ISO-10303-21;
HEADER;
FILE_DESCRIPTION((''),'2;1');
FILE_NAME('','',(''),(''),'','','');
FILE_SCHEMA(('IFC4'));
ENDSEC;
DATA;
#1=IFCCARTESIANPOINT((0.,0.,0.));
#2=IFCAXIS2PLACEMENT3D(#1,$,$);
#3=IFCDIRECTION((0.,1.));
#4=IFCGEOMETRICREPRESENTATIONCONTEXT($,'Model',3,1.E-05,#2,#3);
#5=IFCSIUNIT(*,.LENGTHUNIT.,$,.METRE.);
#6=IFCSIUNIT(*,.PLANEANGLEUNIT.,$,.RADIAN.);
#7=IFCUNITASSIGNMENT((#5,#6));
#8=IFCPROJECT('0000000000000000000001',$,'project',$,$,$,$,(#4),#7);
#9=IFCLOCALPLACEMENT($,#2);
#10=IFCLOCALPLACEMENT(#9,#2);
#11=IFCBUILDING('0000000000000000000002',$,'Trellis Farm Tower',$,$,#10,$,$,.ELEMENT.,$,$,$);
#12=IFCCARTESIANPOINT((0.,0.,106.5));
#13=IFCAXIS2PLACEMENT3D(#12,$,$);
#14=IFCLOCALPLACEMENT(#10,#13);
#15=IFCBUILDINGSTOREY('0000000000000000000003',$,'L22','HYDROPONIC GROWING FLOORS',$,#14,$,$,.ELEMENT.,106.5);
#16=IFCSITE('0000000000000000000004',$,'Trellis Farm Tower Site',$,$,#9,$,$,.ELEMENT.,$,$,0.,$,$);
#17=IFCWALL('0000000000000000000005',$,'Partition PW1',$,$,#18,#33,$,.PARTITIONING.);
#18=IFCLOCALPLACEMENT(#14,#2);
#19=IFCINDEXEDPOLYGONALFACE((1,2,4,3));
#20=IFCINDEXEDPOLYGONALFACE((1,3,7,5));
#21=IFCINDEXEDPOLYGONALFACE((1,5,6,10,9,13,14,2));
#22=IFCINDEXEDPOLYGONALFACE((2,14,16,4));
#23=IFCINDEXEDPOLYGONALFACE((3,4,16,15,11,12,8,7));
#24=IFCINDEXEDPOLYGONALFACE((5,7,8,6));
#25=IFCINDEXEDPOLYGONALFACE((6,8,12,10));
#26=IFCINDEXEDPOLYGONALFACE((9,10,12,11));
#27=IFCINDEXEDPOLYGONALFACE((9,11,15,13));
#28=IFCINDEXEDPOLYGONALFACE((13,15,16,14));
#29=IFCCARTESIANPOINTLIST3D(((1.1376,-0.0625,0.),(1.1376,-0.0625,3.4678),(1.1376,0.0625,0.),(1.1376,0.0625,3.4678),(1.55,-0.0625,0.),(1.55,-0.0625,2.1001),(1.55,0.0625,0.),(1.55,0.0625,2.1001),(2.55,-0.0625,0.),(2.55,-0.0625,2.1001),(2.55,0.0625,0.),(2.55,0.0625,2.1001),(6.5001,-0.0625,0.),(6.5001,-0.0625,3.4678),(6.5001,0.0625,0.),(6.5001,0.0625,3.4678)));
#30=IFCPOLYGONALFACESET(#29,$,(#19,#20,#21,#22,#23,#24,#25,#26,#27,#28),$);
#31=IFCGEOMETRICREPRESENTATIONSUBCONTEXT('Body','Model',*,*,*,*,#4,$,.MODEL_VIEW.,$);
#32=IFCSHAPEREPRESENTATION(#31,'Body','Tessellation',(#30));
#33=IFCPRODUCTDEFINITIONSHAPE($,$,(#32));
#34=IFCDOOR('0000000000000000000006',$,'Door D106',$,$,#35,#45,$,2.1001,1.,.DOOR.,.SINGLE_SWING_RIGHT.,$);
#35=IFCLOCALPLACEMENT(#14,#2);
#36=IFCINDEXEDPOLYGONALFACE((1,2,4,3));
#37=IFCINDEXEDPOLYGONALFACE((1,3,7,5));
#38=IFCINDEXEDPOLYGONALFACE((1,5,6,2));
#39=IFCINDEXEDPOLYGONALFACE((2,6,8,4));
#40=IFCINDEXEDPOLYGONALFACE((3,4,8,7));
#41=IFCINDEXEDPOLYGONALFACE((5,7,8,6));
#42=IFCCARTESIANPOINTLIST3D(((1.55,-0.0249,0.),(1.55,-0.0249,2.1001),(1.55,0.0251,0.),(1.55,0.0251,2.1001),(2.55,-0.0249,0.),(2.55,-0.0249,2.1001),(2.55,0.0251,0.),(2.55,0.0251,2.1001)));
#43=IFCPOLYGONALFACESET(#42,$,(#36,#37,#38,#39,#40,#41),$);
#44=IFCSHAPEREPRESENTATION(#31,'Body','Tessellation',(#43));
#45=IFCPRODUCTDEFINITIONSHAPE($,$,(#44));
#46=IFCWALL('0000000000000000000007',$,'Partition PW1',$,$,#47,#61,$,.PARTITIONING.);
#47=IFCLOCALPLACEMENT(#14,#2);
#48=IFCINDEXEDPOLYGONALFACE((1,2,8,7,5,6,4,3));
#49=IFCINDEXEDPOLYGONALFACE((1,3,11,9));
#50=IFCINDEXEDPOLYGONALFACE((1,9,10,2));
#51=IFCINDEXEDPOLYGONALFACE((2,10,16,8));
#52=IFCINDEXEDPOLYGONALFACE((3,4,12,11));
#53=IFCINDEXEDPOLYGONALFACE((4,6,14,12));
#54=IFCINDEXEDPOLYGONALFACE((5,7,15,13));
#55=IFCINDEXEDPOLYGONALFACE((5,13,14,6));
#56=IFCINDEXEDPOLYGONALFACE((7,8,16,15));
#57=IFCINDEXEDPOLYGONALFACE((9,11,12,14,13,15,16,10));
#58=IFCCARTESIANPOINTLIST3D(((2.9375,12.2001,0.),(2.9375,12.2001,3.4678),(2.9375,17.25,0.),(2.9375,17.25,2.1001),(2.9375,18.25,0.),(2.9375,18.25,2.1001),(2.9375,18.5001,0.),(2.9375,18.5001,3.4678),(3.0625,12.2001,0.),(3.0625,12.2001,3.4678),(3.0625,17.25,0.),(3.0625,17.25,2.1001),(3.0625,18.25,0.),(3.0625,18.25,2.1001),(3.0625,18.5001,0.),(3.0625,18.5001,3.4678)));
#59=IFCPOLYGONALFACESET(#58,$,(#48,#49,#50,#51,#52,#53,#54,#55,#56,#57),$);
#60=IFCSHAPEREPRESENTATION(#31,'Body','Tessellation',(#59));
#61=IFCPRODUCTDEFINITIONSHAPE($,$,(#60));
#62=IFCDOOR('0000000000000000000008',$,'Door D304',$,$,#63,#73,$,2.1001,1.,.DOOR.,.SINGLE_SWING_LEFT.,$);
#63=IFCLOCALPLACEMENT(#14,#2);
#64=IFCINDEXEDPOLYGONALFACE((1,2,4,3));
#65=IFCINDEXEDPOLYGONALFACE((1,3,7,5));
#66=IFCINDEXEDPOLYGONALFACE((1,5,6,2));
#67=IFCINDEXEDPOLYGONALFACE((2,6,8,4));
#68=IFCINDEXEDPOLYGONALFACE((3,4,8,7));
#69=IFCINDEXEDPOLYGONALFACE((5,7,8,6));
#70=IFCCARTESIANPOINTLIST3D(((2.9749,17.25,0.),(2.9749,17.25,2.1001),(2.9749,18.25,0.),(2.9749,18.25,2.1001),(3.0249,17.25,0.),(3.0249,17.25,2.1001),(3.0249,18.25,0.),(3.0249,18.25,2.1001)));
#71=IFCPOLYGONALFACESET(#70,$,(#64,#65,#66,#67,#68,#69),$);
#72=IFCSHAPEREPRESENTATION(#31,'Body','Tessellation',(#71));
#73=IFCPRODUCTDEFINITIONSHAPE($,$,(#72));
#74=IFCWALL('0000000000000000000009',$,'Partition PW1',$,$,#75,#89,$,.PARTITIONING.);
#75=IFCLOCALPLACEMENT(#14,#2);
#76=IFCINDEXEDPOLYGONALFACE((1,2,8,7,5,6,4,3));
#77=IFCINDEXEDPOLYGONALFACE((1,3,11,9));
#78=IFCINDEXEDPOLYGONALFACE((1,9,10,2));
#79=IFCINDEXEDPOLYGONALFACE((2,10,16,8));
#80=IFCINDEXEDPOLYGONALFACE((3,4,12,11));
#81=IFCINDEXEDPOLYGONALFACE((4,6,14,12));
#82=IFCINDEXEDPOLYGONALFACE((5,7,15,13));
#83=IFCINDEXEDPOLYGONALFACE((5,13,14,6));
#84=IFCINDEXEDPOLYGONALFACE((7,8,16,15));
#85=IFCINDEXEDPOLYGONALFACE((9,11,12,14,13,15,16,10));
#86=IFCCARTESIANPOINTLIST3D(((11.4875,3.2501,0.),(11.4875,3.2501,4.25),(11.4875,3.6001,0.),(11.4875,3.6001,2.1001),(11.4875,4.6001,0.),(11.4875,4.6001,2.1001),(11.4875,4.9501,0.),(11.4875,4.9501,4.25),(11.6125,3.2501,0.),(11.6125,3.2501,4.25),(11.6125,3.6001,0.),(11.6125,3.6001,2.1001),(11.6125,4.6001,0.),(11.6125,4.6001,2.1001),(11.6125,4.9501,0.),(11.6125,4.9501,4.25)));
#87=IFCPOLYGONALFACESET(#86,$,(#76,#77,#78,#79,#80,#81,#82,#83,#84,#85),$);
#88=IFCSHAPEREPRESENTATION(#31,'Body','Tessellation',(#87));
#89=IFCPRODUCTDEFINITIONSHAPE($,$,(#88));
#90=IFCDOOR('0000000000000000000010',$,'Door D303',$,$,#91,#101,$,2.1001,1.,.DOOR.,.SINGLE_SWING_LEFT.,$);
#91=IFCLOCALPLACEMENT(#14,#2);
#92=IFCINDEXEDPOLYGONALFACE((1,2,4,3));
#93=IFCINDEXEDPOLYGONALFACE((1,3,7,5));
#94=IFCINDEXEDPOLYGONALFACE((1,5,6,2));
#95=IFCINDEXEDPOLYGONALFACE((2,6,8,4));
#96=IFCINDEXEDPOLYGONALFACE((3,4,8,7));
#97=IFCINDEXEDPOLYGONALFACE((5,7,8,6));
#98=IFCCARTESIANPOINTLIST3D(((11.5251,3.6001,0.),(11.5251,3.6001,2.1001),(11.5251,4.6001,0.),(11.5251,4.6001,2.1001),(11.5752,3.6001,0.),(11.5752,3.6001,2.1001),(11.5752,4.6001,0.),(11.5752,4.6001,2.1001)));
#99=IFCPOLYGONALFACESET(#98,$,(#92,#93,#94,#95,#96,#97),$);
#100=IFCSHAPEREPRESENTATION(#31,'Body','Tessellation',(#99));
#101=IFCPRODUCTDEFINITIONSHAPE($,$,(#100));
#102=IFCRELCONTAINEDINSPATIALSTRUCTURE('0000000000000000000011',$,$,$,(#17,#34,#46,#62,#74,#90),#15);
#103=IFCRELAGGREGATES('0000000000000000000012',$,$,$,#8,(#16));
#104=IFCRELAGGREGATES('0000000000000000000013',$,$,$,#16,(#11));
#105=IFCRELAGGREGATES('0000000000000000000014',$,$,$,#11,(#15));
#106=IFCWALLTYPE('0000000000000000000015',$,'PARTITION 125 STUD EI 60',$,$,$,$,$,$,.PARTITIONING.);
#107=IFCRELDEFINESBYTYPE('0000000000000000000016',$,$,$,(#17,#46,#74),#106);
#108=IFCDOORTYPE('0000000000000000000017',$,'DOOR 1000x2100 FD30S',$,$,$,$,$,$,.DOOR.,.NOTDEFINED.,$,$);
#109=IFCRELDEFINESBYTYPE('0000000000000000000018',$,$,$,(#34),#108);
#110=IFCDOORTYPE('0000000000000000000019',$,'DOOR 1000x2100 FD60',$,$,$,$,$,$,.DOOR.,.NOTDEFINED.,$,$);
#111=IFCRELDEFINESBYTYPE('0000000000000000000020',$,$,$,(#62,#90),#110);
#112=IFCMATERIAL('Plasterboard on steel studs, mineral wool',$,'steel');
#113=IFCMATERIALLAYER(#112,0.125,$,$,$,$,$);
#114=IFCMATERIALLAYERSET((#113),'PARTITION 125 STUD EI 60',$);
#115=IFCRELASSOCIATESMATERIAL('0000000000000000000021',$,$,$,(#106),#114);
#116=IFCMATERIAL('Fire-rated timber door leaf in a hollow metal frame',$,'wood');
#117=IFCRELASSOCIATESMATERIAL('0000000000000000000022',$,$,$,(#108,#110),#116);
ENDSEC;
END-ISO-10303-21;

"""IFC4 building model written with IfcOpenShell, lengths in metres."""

from ifc_helpers import new_model, si_unit, direction, frame, frame_2d, origin, place, context, subcontext, project, spatial, rectangle, extrude, source, transform, mapped, material, layer, layer_set, type_object, element, fill, save


model = new_model("IFC4")

# Units and contexts
model_context = context("Model", 3, precision=1e-05, world=origin(), true_north=direction((0.0, 1.0)))
body_context = subcontext(model_context, "Body", "Model", "MODEL_VIEW")
ifc_project = project(units=[si_unit("LENGTHUNIT", "METRE"), si_unit("PLANEANGLEUNIT", "RADIAN")], contexts=[model_context])

# Site, building, storey
site_placement = place(None, origin())
site = spatial("IfcSite", under=ifc_project, at=site_placement, Name="Trellis Farm Tower Site", CompositionType="ELEMENT", RefElevation=0.0)
building_placement = place(site_placement, origin())
building = spatial("IfcBuilding", under=site, at=building_placement, Name="Trellis Farm Tower", CompositionType="ELEMENT")
storey_placement = place(building_placement, frame((0.0, 0.0, 106.5)))
storey = spatial("IfcBuildingStorey", under=building, at=storey_placement, Name="L22", Description="HYDROPONIC GROWING FLOORS", CompositionType="ELEMENT", Elevation=106.5)

# Shared definitions
ifc_material_1 = material(Name="Plasterboard on steel studs, mineral wool", Category="steel")
ifc_layer_1 = layer(ifc_material_1, 0.125)
ifc_layer_set_1 = layer_set([ifc_layer_1], Name="PARTITION 125 STUD EI 60")
wall_type_1 = type_object("IfcWallType", Name="PARTITION 125 STUD EI 60", PredefinedType="PARTITIONING", material=ifc_layer_set_1)

# Walls, openings, doors
shared_shape_1 = source(origin(), body_context, "Body", "SweptSolid", [
    extrude(rectangle(XDim=5.3625, YDim=0.125, at=frame_2d((2.6812, 0.0))), origin(), (0.0, 0.0, 1.0), 3.4678),
])
wall_1_placement = place(storey_placement, frame((6.5, 0.0, 0.0), z_axis=(0.0, 0.0, 1.0), x_axis=(-1.0, 0.0, 0.0)))
wall_1 = element("IfcWall", 1, at=wall_1_placement, inside=storey, type_object=wall_type_1, Name="Partition PW1", PredefinedType="PARTITIONING", context=body_context, shape_type="MappedRepresentation", body=[
    mapped(shared_shape_1, transform((0.0, 0.0, 0.0))),
])
shared_shape_2 = source(origin(), body_context, "Body", "SweptSolid", [
    extrude(rectangle(XDim=1.0, YDim=2.1001, at=frame_2d((0.5, 1.05))), frame((0.0, 0.0725, 0.0), z_axis=(0.0, -1.0, 0.0), x_axis=(1.0, 0.0, 0.0)), (0.0, 0.0, 1.0), 0.145),
])
opening_1_placement = place(wall_1_placement, frame((3.95, 0.0, 0.0)))
opening_1 = element("IfcOpeningElement", 2, at=opening_1_placement, cuts=wall_1, PredefinedType="OPENING", context=body_context, shape_type="MappedRepresentation", body=[
    mapped(shared_shape_2, transform((0.0, 0.0, 0.0))),
])
ifc_material_2 = material(Name="Fire-rated timber door leaf in a hollow metal frame", Category="wood")
door_type_1 = type_object("IfcDoorType", Name="DOOR 1000x2100 FD30S", OperationType="NOTDEFINED", PredefinedType="DOOR", material=ifc_material_2)
shared_shape_3 = source(origin(), body_context, "Body", "SweptSolid", [
    extrude(rectangle(XDim=1.0, YDim=2.1001, at=frame_2d((0.5, 1.05))), frame((0.0, 0.0249, 0.0), z_axis=(0.0, -1.0, 0.0), x_axis=(1.0, 0.0, 0.0)), (0.0, 0.0, 1.0), 0.05),
])
door_1_placement = place(opening_1_placement, origin())
door_1 = element("IfcDoor", 3, at=door_1_placement, inside=storey, type_object=door_type_1, Name="Door D106", OperationType="SINGLE_SWING_RIGHT", OverallHeight=2.1001, OverallWidth=1.0, PredefinedType="DOOR", context=body_context, shape_type="MappedRepresentation", body=[
    mapped(shared_shape_3, transform((0.0, 0.0, 0.0))),
])
fill(opening_1, door_1)
shared_shape_4 = source(origin(), body_context, "Body", "SweptSolid", [
    extrude(rectangle(XDim=6.3, YDim=0.125, at=frame_2d((3.1499, 0.0))), origin(), (0.0, 0.0, 1.0), 3.4678),
])
wall_2_placement = place(storey_placement, frame((3.0, 18.5, 0.0), z_axis=(0.0, 0.0, 1.0), x_axis=(0.0, -1.0, 0.0)))
wall_2 = element("IfcWall", 4, at=wall_2_placement, inside=storey, type_object=wall_type_1, Name="Partition PW1", PredefinedType="PARTITIONING", context=body_context, shape_type="MappedRepresentation", body=[
    mapped(shared_shape_4, transform((0.0, 0.0, 0.0))),
])
opening_2_placement = place(wall_2_placement, frame((0.25, 0.0, 0.0)))
opening_2 = element("IfcOpeningElement", 5, at=opening_2_placement, cuts=wall_2, PredefinedType="OPENING", context=body_context, shape_type="MappedRepresentation", body=[
    mapped(shared_shape_2, transform((0.0, 0.0, 0.0))),
])
door_type_2 = type_object("IfcDoorType", Name="DOOR 1000x2100 FD60", OperationType="NOTDEFINED", PredefinedType="DOOR", material=ifc_material_2)
door_2_placement = place(opening_2_placement, origin())
door_2 = element("IfcDoor", 6, at=door_2_placement, inside=storey, type_object=door_type_2, Name="Door D304", OperationType="SINGLE_SWING_LEFT", OverallHeight=2.1001, OverallWidth=1.0, PredefinedType="DOOR", context=body_context, shape_type="MappedRepresentation", body=[
    mapped(shared_shape_3, transform((0.0, 0.0, 0.0))),
])
fill(opening_2, door_2)
shared_shape_5 = source(origin(), body_context, "Body", "SweptSolid", [
    extrude(rectangle(XDim=1.7, YDim=0.125, at=frame_2d((0.8501, 0.0))), origin(), (0.0, 0.0, 1.0), 4.25),
])
wall_3_placement = place(storey_placement, frame((11.55, 3.25, 0.0), z_axis=(0.0, 0.0, 1.0), x_axis=(0.0, 1.0, 0.0)))
wall_3 = element("IfcWall", 7, at=wall_3_placement, inside=storey, type_object=wall_type_1, Name="Partition PW1", PredefinedType="PARTITIONING", context=body_context, shape_type="MappedRepresentation", body=[
    mapped(shared_shape_5, transform((0.0, 0.0, 0.0))),
])
opening_3_placement = place(wall_3_placement, frame((0.3501, 0.0, 0.0)))
opening_3 = element("IfcOpeningElement", 8, at=opening_3_placement, cuts=wall_3, PredefinedType="OPENING", context=body_context, shape_type="MappedRepresentation", body=[
    mapped(shared_shape_2, transform((0.0, 0.0, 0.0))),
])
door_3_placement = place(opening_3_placement, origin())
door_3 = element("IfcDoor", 9, at=door_3_placement, inside=storey, type_object=door_type_2, Name="Door D303", OperationType="SINGLE_SWING_LEFT", OverallHeight=2.1001, OverallWidth=1.0, PredefinedType="DOOR", context=body_context, shape_type="MappedRepresentation", body=[
    mapped(shared_shape_3, transform((0.0, 0.0, 0.0))),
])
fill(opening_3, door_3)

save(model, "model.ifc")
